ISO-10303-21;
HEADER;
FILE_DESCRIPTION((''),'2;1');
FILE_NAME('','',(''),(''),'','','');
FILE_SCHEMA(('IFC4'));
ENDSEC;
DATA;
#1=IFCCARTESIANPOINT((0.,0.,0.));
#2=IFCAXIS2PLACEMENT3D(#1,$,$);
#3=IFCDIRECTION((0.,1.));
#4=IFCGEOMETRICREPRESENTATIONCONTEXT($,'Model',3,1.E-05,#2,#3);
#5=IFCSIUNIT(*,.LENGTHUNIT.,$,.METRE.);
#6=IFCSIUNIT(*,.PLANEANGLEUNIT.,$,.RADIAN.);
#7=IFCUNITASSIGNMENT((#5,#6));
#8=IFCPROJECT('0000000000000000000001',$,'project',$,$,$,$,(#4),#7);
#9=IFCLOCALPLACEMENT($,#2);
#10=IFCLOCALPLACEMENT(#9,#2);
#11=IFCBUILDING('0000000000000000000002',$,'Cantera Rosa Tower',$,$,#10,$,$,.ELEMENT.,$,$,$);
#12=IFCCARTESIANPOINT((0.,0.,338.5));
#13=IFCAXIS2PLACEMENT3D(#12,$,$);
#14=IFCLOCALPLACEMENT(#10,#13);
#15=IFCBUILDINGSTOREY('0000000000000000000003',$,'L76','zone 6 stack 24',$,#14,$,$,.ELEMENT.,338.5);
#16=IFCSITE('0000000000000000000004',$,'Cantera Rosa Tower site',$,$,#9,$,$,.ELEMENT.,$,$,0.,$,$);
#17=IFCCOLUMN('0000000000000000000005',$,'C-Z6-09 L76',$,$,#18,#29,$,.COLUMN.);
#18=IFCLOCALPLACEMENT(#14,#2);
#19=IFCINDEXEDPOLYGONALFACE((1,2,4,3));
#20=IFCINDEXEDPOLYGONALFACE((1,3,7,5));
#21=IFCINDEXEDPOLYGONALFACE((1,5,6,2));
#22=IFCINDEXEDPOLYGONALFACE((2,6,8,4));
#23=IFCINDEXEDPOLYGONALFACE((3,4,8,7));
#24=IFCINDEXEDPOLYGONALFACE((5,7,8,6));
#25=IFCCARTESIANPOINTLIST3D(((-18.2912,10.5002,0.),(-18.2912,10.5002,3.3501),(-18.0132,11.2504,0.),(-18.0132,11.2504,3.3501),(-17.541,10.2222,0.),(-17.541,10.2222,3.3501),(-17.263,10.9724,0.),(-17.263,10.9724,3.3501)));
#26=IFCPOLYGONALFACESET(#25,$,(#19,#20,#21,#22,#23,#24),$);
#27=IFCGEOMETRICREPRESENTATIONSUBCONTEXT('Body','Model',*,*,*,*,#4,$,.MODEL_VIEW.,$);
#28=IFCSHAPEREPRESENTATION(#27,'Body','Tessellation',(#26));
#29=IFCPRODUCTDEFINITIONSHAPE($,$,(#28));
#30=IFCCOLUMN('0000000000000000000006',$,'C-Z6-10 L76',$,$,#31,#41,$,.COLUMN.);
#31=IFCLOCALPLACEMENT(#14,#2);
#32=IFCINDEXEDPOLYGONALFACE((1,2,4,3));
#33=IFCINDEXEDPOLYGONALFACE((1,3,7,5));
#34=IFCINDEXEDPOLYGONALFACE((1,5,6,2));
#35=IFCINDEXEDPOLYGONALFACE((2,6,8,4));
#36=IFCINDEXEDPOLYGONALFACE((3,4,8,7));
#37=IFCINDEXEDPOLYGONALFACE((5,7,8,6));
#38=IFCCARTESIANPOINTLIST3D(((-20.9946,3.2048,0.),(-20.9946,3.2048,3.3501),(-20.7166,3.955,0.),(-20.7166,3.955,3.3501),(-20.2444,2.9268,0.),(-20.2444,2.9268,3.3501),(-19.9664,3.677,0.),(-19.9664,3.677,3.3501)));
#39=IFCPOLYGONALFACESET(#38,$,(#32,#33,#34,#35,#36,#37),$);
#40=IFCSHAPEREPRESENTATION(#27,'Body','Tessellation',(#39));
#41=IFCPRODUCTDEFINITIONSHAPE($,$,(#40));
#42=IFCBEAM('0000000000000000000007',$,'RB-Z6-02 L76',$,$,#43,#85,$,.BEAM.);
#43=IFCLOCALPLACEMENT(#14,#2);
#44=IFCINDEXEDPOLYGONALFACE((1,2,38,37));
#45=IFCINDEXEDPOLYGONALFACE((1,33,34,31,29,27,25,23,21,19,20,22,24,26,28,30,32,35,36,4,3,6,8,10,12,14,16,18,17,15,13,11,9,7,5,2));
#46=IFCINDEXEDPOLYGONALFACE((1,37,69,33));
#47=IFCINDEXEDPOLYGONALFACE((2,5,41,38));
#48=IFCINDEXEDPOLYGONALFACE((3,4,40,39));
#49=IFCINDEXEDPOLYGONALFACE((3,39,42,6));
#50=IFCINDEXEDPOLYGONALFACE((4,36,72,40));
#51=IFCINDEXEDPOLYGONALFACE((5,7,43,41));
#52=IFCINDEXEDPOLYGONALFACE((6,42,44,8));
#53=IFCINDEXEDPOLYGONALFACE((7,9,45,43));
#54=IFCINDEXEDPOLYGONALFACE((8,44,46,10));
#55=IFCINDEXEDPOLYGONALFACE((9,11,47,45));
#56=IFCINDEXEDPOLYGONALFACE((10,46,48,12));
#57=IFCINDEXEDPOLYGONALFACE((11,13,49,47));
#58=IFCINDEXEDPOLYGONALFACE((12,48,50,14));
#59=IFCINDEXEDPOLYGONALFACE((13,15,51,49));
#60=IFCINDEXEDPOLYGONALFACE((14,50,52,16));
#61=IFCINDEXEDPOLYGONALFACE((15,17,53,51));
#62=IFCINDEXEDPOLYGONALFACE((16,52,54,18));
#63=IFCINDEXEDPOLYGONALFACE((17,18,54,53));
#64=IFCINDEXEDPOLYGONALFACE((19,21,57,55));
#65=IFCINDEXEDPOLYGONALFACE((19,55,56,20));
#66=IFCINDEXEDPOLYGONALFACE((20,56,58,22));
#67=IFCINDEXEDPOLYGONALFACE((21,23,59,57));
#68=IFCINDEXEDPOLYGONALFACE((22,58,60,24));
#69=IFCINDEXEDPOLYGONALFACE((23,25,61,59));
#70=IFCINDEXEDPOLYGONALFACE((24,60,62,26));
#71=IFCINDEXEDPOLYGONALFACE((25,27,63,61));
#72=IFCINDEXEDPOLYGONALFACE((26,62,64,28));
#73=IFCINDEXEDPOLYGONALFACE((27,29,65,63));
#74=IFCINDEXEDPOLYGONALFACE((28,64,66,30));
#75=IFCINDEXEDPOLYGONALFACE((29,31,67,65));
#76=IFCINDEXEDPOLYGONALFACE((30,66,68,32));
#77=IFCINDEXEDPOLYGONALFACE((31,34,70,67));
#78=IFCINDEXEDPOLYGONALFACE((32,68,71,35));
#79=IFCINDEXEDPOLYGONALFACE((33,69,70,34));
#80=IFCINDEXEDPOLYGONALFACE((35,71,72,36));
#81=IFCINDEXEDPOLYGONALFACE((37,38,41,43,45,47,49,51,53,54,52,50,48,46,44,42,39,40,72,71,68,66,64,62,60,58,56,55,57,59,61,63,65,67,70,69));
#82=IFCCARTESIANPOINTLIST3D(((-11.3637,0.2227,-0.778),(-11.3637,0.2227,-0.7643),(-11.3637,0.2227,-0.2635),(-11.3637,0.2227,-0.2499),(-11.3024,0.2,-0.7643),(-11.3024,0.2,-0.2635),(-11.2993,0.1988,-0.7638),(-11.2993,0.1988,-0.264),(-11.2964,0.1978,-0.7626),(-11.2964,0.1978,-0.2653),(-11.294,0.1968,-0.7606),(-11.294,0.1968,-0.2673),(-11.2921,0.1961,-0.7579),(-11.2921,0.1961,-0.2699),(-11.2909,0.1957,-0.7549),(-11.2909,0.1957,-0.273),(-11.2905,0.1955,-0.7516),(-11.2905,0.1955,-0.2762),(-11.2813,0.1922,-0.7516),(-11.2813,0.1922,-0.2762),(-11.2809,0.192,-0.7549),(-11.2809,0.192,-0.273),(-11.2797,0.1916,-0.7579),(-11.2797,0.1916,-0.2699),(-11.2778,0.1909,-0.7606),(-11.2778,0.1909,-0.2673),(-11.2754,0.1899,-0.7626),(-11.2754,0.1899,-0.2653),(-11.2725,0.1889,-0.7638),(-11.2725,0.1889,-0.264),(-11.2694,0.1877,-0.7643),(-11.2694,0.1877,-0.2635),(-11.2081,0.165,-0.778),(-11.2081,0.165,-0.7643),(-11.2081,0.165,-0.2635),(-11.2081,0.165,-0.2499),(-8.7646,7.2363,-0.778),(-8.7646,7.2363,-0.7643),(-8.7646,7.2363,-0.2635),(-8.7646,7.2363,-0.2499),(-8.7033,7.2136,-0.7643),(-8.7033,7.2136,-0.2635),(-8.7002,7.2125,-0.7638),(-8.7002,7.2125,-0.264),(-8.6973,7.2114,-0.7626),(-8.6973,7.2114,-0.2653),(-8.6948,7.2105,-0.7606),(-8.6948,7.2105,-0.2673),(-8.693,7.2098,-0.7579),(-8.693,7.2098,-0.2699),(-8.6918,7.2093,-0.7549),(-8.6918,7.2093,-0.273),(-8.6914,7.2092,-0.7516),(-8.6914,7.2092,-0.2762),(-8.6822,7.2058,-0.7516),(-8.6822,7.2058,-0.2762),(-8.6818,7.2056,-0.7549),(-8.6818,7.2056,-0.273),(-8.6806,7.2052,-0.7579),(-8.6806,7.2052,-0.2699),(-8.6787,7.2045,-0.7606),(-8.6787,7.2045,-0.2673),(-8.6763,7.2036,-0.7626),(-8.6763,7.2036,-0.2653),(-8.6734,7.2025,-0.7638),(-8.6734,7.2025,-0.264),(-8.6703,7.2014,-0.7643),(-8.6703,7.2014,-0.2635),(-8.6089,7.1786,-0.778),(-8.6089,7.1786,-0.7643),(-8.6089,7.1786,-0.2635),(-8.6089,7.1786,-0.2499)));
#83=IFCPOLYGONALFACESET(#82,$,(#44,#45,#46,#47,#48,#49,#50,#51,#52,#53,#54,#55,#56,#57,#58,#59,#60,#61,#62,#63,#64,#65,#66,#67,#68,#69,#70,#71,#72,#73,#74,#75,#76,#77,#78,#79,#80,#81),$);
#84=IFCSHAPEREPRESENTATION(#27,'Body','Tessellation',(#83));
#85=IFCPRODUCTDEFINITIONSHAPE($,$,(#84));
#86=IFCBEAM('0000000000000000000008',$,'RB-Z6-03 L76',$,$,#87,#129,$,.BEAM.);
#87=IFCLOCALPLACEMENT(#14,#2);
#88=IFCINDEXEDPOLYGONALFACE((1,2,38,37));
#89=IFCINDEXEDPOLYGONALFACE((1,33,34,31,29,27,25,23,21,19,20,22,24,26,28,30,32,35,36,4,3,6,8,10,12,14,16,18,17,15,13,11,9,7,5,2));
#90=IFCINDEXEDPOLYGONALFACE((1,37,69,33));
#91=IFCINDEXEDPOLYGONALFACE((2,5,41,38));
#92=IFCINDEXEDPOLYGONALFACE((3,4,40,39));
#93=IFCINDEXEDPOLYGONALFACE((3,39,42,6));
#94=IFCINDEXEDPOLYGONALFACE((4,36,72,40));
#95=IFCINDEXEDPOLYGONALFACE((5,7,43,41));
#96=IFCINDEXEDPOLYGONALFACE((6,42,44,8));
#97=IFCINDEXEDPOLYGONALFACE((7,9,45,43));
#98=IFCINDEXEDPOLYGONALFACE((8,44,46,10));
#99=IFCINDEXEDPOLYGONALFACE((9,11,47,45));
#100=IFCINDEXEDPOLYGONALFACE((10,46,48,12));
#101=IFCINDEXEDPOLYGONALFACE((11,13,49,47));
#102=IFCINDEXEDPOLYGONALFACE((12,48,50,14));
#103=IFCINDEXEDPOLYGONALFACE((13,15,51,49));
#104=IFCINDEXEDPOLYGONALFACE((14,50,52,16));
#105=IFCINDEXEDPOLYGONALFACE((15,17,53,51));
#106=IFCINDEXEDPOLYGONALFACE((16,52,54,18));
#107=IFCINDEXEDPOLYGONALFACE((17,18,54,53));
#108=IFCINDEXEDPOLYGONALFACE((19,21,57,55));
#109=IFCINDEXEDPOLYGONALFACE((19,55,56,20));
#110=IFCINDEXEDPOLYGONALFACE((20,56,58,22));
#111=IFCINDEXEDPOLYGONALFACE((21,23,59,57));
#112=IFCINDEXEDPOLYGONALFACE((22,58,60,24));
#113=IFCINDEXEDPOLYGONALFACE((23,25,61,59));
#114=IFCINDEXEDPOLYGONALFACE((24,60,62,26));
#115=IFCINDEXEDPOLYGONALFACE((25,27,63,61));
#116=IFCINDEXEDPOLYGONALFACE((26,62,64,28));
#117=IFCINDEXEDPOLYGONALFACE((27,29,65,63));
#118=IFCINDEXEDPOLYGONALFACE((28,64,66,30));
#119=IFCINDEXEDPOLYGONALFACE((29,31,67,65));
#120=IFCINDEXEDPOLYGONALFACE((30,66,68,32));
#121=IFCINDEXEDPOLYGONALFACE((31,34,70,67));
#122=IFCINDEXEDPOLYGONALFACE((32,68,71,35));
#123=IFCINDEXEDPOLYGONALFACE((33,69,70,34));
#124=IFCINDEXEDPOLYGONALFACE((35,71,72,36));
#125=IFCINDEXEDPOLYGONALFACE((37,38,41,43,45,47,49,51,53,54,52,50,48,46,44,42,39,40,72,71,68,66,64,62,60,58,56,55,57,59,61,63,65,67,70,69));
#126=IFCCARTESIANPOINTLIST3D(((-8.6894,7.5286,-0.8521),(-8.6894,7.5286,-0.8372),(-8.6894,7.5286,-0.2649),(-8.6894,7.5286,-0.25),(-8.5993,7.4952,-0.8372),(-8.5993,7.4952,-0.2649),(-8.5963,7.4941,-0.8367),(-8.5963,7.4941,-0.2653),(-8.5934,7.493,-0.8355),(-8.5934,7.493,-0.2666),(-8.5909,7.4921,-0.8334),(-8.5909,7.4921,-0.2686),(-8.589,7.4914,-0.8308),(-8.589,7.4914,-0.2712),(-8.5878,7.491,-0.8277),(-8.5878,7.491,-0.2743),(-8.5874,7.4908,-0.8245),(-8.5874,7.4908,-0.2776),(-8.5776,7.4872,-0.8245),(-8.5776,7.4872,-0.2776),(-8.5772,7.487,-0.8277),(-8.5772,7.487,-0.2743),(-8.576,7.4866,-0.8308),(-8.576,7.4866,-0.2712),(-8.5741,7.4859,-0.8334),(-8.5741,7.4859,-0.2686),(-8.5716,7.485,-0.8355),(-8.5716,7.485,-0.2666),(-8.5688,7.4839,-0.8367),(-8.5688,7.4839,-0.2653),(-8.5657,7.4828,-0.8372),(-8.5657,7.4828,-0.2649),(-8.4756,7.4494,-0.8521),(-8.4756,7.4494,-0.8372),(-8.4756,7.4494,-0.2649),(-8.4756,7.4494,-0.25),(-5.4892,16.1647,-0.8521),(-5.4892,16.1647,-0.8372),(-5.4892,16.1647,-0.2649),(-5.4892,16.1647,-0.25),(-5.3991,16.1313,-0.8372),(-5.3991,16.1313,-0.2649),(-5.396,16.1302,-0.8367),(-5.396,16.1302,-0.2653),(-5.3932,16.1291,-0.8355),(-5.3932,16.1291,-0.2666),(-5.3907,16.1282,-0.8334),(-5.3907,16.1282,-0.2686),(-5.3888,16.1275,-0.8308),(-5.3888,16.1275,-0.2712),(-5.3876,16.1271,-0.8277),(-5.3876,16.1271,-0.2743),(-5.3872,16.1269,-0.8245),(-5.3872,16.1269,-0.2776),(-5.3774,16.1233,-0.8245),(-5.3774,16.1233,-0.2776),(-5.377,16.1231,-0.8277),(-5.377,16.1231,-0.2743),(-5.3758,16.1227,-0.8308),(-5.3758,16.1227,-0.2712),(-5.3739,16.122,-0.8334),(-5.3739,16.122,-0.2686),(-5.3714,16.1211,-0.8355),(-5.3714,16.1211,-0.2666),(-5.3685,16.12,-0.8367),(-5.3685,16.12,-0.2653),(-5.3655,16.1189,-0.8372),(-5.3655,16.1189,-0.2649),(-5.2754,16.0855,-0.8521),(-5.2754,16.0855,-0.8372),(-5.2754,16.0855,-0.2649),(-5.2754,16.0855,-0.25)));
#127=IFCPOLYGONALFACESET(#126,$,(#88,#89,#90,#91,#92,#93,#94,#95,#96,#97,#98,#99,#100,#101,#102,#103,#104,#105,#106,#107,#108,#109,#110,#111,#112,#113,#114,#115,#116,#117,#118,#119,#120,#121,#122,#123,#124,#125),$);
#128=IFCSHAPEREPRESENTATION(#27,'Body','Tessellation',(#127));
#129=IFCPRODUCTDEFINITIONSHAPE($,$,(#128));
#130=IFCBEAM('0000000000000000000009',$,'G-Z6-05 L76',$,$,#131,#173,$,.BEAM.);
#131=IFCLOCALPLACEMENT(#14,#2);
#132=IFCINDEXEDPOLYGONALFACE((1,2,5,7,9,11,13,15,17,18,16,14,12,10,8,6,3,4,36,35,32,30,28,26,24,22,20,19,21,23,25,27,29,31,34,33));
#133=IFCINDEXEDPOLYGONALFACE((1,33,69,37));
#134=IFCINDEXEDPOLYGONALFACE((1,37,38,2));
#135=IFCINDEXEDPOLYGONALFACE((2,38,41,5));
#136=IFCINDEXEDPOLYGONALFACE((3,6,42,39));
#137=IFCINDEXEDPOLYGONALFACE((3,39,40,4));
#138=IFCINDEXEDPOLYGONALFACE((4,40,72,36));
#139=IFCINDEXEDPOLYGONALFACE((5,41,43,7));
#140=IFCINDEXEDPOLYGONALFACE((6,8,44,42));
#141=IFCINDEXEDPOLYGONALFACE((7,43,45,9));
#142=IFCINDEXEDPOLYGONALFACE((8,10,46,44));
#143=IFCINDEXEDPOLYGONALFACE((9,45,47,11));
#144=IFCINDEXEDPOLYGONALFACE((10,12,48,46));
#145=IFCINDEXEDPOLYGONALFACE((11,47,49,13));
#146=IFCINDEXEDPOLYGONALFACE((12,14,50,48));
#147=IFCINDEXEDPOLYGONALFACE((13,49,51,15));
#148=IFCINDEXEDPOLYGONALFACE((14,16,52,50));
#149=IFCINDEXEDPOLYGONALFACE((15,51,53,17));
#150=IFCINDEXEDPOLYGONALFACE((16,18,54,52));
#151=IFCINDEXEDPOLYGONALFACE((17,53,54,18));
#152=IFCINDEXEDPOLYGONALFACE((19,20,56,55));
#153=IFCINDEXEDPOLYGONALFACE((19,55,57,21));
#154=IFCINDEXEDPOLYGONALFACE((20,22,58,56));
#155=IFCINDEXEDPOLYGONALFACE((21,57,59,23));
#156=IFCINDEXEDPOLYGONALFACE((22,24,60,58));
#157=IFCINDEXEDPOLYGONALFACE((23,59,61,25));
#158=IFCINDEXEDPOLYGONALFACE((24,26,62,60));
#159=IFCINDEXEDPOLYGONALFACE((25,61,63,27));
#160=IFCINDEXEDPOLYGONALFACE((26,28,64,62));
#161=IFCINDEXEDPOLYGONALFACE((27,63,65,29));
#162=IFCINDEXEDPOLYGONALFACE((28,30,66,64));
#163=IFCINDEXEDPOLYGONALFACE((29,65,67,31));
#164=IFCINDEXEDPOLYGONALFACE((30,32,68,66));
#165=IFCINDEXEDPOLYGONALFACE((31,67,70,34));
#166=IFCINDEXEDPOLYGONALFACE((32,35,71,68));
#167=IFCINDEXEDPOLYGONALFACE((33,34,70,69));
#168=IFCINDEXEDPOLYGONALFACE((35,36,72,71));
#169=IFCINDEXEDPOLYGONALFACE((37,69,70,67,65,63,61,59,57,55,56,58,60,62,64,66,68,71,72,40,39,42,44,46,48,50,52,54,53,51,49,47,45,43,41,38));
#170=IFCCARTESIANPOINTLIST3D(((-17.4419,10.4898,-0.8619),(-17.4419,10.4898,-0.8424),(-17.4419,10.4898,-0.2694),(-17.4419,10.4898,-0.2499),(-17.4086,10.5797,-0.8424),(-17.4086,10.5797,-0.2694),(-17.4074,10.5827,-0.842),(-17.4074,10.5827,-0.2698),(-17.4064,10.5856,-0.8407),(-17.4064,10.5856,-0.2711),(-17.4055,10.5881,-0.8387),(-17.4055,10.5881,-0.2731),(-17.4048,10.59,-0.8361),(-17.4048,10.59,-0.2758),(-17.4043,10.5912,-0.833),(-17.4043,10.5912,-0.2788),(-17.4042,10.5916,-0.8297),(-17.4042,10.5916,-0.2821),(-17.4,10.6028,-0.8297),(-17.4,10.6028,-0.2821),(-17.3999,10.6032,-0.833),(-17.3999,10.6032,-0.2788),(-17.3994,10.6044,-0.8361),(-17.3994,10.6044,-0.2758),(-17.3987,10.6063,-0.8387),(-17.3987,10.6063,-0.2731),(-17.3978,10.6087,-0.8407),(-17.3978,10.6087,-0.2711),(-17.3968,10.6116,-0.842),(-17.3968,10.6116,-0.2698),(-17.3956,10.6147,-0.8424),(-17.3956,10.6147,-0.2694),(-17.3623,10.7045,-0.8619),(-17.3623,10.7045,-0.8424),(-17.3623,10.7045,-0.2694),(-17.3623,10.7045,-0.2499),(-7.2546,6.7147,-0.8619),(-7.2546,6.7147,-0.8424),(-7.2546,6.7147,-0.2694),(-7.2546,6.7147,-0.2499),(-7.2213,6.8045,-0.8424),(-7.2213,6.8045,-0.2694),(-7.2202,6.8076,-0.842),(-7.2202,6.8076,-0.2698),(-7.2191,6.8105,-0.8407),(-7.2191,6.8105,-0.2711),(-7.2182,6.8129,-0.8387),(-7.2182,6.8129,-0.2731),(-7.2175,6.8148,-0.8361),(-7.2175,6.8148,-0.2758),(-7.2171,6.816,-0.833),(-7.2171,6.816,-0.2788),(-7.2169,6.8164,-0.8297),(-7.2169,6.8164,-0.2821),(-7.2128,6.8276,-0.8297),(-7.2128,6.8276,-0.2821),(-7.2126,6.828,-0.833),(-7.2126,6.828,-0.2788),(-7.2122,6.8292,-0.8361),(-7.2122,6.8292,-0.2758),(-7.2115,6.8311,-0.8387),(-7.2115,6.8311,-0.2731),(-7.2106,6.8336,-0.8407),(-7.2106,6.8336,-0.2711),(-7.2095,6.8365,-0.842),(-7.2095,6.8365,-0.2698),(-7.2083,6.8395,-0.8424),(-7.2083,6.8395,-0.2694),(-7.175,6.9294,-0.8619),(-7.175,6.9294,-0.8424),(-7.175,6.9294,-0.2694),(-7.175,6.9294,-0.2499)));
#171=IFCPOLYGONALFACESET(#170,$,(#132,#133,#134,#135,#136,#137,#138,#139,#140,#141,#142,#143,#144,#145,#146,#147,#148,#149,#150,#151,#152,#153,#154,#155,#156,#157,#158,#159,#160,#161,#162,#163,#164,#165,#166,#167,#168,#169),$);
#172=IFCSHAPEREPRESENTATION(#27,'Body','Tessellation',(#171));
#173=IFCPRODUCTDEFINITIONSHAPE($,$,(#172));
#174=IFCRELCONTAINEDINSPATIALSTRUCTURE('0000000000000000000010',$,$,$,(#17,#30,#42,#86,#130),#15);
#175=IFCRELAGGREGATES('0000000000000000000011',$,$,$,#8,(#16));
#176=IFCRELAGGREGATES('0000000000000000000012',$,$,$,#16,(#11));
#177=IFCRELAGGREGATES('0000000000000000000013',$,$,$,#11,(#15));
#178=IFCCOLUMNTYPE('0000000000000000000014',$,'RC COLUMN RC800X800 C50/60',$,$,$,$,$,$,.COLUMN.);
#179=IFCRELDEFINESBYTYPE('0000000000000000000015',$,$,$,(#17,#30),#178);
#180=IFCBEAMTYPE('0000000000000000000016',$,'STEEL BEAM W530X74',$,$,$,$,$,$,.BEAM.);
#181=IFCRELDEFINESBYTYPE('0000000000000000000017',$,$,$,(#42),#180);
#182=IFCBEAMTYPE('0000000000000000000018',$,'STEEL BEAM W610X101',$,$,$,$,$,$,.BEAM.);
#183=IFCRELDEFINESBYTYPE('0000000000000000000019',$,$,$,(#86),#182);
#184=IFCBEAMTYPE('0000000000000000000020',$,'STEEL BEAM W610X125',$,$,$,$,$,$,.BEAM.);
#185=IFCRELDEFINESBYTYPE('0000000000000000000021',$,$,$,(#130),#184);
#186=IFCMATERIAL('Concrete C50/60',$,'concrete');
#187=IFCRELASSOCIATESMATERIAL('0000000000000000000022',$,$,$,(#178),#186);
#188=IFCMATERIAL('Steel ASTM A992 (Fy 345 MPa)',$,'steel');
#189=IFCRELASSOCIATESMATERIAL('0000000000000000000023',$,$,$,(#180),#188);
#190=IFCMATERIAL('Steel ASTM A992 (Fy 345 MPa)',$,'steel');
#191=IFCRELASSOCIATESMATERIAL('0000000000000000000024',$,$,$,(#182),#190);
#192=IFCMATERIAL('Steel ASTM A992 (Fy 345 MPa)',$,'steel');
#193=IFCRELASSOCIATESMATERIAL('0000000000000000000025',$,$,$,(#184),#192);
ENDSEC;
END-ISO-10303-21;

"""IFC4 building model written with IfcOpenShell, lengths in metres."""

from ifc_helpers import new_model, si_unit, direction, frame, origin, origin_2d, place, context, subcontext, project, spatial, rectangle, i_section, extrude, material, material_profile, profile_set, type_object, element, save


model = new_model("IFC4")

# Units and contexts
model_context = context("Model", 3, precision=1e-05, world=origin(), true_north=direction((0.0, 1.0)))
body_context = subcontext(model_context, "Body", "Model", "MODEL_VIEW")
ifc_project = project(units=[si_unit("LENGTHUNIT", "METRE"), si_unit("PLANEANGLEUNIT", "RADIAN")], contexts=[model_context])

# Site, building, storey
site_placement = place(None, origin())
site = spatial("IfcSite", under=ifc_project, at=site_placement, Name="Cantera Rosa Tower site", CompositionType="ELEMENT", RefElevation=0.0)
building_placement = place(site_placement, origin())
building = spatial("IfcBuilding", under=site, at=building_placement, Name="Cantera Rosa Tower", CompositionType="ELEMENT")
storey_placement = place(building_placement, frame((0.0, 0.0, 338.5)))
storey = spatial("IfcBuildingStorey", under=building, at=storey_placement, Name="L76", Description="zone 6 stack 24", CompositionType="ELEMENT", Elevation=338.5)

# Columns
ifc_material_1 = material(Name="Concrete C50/60", Category="concrete")
ifc_material_profile_1 = material_profile(ifc_material_1, rectangle(XDim=0.8, YDim=0.8, at=origin_2d()), Name="RC COLUMN RC800X800 C50/60")
ifc_profile_set_1 = profile_set([ifc_material_profile_1], Name="Concrete C50/60")
column_type = type_object("IfcColumnType", Name="RC COLUMN RC800X800 C50/60", PredefinedType="COLUMN", material=ifc_profile_set_1)
for number, where, z_axis, x_axis, name in (
    (1, (-17.7771, 10.7363, 0.0), (0.0, 0.0, 1.0), (0.347481, 0.937687, 0.0), "C-Z6-09 L76"),
    (2, (-20.4805, 3.4409, 0.0), (0.0, 0.0, 1.0), (0.347481, 0.937687, 0.0), "C-Z6-10 L76"),
):
    element("IfcColumn", number, at=place(storey_placement, frame(where, z_axis=z_axis, x_axis=x_axis)), inside=storey, type_object=column_type, Name=name, PredefinedType="COLUMN", context=body_context, shape_type="SweptSolid", body=[
        extrude(rectangle(XDim=0.8, YDim=0.8, at=origin_2d()), origin(), (0.0, 0.0, 1.0), 3.3501),
    ])

# Beams
ifc_material_2 = material(Name="Steel ASTM A992 (Fy 345 MPa)", Category="steel")
ifc_material_profile_2 = material_profile(ifc_material_2, i_section(OverallWidth=0.166, OverallDepth=0.5281, WebThickness=0.0098, FlangeThickness=0.0137, FilletRadius=0.0127, at=origin_2d()), Name="W530X74")
ifc_profile_set_2 = profile_set([ifc_material_profile_2], Name="Steel ASTM A992 (Fy 345 MPa)")
beam_type_1 = type_object("IfcBeamType", Name="STEEL BEAM W530X74", PredefinedType="BEAM", material=ifc_profile_set_2)
beam_1_placement = place(storey_placement, frame((-11.2859, 0.1938, -0.5139), z_axis=(0.347487, 0.937685, 0.0), x_axis=(-0.937685, 0.347487, 0.0)))
element("IfcBeam", 3, at=beam_1_placement, inside=storey, type_object=beam_type_1, Name="RB-Z6-02 L76", PredefinedType="BEAM", context=body_context, shape_type="SweptSolid", body=[
    extrude(i_section(OverallWidth=0.166, OverallDepth=0.5281, WebThickness=0.0098, FlangeThickness=0.0137, FilletRadius=0.0127, at=origin_2d()), origin(), (0.0, 0.0, 1.0), 7.4797),
])
ifc_material_3 = material(Name="Steel ASTM A992 (Fy 345 MPa)", Category="steel")
ifc_material_profile_3 = material_profile(ifc_material_3, i_section(OverallWidth=0.228, OverallDepth=0.6021, WebThickness=0.0105, FlangeThickness=0.0149, FilletRadius=0.0127, at=origin_2d()), Name="W610X101")
ifc_profile_set_3 = profile_set([ifc_material_profile_3], Name="Steel ASTM A992 (Fy 345 MPa)")
beam_type_2 = type_object("IfcBeamType", Name="STEEL BEAM W610X101", PredefinedType="BEAM", material=ifc_profile_set_3)
beam_2_placement = place(storey_placement, frame((-8.5825, 7.489, -0.551), z_axis=(0.347475, 0.937689, 0.0), x_axis=(-0.937689, 0.347475, 0.0)))
element("IfcBeam", 4, at=beam_2_placement, inside=storey, type_object=beam_type_2, Name="RB-Z6-03 L76", PredefinedType="BEAM", context=body_context, shape_type="SweptSolid", body=[
    extrude(i_section(OverallWidth=0.228, OverallDepth=0.6021, WebThickness=0.0105, FlangeThickness=0.0149, FilletRadius=0.0127, at=origin_2d()), origin(), (0.0, 0.0, 1.0), 9.21),
])
ifc_material_4 = material(Name="Steel ASTM A992 (Fy 345 MPa)", Category="steel")
ifc_material_profile_4 = material_profile(ifc_material_4, i_section(OverallWidth=0.229, OverallDepth=0.6121, WebThickness=0.012, FlangeThickness=0.0195, FilletRadius=0.0127, at=origin_2d()), Name="W610X125")
ifc_profile_set_4 = profile_set([ifc_material_profile_4], Name="Steel ASTM A992 (Fy 345 MPa)")
beam_type_3 = type_object("IfcBeamType", Name="STEEL BEAM W610X125", PredefinedType="BEAM", material=ifc_profile_set_4)
beam_3_placement = place(storey_placement, frame((-17.4021, 10.5972, -0.5559), z_axis=(0.937686, -0.347483, 0.0), x_axis=(0.347483, 0.937686, 0.0)))
element("IfcBeam", 5, at=beam_3_placement, inside=storey, type_object=beam_type_3, Name="G-Z6-05 L76", PredefinedType="BEAM", context=body_context, shape_type="SweptSolid", body=[
    extrude(i_section(OverallWidth=0.229, OverallDepth=0.6121, WebThickness=0.012, FlangeThickness=0.0195, FilletRadius=0.0127, at=origin_2d()), origin(), (0.0, 0.0, 1.0), 10.8643),
])

save(model, "model.ifc")
